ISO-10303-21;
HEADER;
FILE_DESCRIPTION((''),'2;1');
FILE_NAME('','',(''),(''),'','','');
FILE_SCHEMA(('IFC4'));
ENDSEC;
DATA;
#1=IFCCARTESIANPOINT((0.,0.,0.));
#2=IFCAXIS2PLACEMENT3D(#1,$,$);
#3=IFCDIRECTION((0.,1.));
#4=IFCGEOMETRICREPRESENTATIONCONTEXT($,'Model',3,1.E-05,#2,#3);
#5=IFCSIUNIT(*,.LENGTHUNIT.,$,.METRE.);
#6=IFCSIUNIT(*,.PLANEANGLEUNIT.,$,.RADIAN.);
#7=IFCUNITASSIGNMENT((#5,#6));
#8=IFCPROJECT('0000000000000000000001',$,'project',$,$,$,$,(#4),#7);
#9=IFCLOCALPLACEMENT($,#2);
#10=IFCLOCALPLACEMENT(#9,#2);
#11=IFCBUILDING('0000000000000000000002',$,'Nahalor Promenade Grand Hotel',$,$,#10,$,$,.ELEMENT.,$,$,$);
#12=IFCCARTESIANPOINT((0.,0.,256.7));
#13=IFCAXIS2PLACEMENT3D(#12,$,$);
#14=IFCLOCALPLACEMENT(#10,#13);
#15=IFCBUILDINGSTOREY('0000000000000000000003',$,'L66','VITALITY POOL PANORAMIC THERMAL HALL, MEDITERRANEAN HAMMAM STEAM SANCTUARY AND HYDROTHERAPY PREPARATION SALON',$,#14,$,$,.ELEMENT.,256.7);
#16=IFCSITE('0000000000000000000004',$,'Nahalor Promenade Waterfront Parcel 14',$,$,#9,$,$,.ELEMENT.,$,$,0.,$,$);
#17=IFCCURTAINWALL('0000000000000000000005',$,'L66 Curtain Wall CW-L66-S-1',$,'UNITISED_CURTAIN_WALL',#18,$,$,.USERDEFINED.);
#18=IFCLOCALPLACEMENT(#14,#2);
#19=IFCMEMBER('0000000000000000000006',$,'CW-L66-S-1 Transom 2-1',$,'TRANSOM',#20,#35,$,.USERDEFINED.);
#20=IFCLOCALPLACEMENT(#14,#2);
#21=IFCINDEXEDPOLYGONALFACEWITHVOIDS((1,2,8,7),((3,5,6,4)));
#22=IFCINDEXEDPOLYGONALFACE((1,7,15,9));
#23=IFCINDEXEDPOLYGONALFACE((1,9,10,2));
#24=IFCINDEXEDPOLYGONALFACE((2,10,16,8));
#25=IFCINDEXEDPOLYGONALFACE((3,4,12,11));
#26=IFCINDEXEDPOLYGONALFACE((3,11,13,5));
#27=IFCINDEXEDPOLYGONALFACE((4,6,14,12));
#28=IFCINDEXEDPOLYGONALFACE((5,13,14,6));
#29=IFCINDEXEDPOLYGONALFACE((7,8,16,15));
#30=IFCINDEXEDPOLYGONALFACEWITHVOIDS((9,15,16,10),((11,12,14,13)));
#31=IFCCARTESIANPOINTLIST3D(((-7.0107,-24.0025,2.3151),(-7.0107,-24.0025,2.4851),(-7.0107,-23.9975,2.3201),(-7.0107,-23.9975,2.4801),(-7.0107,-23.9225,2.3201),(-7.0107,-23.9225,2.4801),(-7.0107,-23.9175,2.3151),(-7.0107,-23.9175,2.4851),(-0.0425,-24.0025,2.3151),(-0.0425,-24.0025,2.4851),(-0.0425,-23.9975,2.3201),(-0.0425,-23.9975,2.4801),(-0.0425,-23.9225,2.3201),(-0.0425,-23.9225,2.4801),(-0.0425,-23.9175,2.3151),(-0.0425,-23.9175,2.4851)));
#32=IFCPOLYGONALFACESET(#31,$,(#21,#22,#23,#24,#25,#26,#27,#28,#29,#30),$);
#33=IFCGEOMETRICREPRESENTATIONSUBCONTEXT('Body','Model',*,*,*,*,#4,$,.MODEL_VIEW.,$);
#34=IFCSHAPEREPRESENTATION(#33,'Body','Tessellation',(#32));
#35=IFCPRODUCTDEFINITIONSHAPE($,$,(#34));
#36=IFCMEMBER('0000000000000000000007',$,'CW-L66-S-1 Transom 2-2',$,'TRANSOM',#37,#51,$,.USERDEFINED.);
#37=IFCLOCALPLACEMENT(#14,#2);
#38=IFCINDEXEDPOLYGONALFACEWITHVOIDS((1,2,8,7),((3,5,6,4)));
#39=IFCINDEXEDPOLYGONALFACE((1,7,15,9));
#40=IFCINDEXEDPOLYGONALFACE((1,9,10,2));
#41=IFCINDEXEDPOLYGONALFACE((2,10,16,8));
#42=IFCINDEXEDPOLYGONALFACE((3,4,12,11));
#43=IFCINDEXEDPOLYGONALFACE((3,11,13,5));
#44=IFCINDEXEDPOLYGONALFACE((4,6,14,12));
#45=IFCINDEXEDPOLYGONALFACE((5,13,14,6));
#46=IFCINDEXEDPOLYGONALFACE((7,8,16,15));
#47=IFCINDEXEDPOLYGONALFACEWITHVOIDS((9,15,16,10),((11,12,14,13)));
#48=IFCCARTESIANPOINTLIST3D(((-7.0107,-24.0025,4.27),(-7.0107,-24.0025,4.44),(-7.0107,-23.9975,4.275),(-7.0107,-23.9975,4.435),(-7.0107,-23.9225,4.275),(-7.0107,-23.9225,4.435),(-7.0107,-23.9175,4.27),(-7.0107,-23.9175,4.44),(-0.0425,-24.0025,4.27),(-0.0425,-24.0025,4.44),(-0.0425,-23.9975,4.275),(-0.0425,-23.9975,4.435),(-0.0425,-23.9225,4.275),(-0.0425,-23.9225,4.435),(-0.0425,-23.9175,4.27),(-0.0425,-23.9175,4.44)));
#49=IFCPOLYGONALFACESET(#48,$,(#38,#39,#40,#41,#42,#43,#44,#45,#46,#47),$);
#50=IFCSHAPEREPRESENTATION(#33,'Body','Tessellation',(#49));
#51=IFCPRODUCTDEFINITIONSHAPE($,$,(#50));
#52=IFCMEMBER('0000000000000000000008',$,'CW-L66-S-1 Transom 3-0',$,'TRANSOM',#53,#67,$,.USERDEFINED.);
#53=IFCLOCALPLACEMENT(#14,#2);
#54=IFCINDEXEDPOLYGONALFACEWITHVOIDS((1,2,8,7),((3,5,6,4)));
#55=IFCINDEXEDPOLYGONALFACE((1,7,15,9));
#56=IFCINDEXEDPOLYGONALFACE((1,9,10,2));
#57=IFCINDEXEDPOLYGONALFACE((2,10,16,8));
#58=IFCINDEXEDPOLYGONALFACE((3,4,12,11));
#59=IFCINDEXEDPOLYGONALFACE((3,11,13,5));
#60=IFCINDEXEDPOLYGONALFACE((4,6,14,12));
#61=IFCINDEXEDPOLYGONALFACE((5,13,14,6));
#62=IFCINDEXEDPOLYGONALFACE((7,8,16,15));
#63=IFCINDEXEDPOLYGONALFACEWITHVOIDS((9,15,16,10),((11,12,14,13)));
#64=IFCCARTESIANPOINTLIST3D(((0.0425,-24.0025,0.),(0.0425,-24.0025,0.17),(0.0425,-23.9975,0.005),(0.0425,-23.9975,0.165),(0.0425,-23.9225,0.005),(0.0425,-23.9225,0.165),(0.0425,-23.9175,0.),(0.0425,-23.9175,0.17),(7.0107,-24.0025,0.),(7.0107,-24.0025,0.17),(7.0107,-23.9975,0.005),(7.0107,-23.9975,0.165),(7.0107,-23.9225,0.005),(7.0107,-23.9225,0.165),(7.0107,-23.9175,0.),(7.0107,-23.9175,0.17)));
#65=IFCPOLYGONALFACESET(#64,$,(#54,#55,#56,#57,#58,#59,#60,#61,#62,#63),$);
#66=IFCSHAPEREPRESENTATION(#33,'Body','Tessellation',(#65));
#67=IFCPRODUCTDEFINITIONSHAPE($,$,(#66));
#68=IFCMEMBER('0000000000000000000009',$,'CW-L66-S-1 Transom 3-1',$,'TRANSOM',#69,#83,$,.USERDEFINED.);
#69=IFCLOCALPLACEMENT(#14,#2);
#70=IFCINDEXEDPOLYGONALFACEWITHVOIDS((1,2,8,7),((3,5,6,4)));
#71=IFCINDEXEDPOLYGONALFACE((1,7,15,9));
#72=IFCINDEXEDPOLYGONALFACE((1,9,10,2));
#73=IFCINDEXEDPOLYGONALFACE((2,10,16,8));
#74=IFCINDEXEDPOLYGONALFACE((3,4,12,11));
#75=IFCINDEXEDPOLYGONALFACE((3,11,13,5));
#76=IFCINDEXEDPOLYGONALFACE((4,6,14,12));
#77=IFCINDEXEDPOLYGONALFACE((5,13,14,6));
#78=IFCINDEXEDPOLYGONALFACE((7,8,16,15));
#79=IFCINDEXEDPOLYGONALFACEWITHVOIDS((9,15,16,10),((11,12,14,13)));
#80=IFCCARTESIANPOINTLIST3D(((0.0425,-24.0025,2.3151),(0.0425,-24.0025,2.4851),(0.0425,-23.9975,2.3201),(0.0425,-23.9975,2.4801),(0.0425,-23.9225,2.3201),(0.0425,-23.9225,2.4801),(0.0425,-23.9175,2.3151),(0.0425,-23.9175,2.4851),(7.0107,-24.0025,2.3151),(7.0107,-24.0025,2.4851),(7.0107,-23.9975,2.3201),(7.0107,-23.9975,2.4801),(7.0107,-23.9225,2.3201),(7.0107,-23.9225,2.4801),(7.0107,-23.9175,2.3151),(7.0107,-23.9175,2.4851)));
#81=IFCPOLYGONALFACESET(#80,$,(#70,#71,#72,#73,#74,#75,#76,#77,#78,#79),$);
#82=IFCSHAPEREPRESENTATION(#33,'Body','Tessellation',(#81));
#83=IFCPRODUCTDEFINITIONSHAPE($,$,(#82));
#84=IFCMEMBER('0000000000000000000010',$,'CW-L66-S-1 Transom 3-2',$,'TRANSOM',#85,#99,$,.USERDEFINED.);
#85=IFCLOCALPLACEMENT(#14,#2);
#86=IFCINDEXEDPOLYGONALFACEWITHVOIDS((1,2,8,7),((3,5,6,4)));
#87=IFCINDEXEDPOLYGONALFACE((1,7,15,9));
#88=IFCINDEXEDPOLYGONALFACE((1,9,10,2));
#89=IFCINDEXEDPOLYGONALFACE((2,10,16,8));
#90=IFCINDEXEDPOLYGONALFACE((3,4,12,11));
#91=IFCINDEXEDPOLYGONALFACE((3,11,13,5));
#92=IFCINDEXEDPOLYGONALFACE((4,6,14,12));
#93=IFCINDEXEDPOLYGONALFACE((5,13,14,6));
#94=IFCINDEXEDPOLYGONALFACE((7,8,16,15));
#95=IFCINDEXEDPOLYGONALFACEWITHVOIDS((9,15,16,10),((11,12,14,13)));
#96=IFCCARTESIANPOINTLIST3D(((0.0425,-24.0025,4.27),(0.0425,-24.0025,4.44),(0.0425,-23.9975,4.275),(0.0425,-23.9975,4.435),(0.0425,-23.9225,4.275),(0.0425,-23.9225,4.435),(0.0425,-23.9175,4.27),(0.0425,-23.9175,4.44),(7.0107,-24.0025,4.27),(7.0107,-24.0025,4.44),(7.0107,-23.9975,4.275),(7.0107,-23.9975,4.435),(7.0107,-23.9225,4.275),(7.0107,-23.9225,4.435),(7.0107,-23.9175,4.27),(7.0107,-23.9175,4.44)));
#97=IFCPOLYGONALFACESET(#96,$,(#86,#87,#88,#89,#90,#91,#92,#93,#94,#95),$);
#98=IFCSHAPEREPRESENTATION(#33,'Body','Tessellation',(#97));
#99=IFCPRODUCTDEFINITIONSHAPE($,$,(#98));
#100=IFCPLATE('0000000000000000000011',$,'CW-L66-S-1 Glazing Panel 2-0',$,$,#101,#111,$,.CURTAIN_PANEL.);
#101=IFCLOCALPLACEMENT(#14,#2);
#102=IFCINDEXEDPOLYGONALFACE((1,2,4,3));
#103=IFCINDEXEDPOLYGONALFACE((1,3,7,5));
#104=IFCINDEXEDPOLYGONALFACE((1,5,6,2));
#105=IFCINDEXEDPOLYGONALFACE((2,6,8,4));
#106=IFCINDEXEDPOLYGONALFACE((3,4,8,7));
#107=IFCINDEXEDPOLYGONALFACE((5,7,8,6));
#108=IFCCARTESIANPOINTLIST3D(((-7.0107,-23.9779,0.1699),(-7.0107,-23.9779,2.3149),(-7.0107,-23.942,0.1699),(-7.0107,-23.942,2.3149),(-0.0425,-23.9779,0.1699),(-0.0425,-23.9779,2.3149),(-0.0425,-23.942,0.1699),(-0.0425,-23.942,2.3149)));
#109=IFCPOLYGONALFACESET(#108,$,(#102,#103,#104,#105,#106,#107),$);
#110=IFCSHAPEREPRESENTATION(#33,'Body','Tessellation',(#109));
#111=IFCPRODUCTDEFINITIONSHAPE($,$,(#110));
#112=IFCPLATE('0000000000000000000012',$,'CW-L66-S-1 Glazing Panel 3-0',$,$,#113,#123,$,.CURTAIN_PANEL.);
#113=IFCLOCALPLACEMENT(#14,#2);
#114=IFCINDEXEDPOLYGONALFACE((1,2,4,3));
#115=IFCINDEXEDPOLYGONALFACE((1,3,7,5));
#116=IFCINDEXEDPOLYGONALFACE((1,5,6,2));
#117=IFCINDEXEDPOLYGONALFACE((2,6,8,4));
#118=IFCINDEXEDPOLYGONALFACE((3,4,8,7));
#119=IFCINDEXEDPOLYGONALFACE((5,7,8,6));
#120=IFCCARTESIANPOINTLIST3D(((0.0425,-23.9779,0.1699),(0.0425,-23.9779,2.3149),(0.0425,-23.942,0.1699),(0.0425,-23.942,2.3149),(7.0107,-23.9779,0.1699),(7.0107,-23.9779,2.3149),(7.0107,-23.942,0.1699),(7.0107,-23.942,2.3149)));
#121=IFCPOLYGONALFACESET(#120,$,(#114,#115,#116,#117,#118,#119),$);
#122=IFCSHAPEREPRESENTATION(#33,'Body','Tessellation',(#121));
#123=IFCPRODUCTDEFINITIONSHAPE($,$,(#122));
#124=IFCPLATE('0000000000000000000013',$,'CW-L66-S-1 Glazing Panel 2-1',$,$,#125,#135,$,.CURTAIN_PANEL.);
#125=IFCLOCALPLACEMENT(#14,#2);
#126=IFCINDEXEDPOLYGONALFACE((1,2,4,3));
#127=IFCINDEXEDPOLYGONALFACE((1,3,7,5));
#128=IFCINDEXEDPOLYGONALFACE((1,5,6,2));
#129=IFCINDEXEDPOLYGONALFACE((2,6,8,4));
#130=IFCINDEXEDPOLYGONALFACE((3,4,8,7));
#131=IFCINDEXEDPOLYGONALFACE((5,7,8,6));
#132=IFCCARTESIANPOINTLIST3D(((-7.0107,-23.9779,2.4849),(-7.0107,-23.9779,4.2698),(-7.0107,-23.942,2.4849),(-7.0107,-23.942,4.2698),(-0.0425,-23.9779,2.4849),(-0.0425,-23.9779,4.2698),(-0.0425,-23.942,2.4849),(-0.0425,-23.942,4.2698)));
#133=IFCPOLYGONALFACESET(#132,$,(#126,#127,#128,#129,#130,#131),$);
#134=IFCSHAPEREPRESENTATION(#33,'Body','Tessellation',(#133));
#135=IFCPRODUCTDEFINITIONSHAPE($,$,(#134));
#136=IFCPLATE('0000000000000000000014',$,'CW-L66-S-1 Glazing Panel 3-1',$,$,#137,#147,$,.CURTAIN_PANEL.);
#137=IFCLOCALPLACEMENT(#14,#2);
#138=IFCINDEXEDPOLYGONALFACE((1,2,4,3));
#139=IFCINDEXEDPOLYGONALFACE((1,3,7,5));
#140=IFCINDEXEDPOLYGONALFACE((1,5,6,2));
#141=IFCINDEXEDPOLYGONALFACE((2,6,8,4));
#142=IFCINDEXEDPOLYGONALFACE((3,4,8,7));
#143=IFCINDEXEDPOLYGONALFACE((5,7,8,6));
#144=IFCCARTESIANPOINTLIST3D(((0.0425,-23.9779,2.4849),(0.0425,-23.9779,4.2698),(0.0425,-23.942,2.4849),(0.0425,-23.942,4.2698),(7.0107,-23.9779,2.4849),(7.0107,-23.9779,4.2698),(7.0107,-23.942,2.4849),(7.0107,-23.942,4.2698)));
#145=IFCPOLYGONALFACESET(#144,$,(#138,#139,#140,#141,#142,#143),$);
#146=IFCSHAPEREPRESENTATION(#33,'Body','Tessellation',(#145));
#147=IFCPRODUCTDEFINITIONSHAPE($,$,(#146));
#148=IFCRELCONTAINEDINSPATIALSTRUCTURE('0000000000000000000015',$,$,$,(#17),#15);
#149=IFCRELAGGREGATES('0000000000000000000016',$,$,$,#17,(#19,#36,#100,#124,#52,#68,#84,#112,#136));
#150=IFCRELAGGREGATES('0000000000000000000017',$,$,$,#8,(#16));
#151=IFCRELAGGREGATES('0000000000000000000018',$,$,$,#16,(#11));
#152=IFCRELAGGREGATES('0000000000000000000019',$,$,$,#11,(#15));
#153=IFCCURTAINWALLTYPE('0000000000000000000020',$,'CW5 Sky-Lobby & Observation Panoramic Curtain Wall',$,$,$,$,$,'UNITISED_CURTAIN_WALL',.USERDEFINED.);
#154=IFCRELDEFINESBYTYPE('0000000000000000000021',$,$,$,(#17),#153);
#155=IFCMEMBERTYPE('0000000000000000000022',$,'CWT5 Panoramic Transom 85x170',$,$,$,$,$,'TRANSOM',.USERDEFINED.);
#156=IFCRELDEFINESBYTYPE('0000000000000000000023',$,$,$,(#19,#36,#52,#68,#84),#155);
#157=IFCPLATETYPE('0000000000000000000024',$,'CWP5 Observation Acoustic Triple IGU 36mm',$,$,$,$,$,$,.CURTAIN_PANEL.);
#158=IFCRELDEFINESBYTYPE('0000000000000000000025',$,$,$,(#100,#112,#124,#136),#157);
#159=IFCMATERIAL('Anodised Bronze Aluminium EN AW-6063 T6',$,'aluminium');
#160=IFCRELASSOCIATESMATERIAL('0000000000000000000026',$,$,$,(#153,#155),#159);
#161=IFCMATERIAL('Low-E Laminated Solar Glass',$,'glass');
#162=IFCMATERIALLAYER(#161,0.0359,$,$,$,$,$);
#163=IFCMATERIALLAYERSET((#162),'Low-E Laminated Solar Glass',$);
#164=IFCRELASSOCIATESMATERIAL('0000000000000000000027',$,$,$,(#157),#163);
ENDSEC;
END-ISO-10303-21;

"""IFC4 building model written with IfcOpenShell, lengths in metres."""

from ifc_helpers import new_model, si_unit, direction, frame, origin, origin_2d, place, context, subcontext, project, spatial, rectangle, hollow_rectangle, extrude, source, transform, mapped, material, layer, layer_set, material_profile, profile_set, type_object, element, aggregate, save


model = new_model("IFC4")

# Units and contexts
model_context = context("Model", 3, precision=1e-05, world=origin(), true_north=direction((0.0, 1.0)))
body_context = subcontext(model_context, "Body", "Model", "MODEL_VIEW")
ifc_project = project(units=[si_unit("LENGTHUNIT", "METRE"), si_unit("PLANEANGLEUNIT", "RADIAN")], contexts=[model_context])

# Site, building, storey
site_placement = place(None, origin())
site = spatial("IfcSite", under=ifc_project, at=site_placement, Name="Nahalor Promenade Waterfront Parcel 14", CompositionType="ELEMENT", RefElevation=0.0)
building_placement = place(site_placement, origin())
building = spatial("IfcBuilding", under=site, at=building_placement, Name="Nahalor Promenade Grand Hotel", CompositionType="ELEMENT")
storey_placement = place(building_placement, frame((0.0, 0.0, 256.7)))
storey = spatial("IfcBuildingStorey", under=building, at=storey_placement, Name="L66", Description="VITALITY POOL PANORAMIC THERMAL HALL, MEDITERRANEAN HAMMAM STEAM SANCTUARY AND HYDROTHERAPY PREPARATION SALON", CompositionType="ELEMENT", Elevation=256.7)

# Curtain wall, members, plates
ifc_material_1 = material(Name="Anodised Bronze Aluminium EN AW-6063 T6", Category="aluminium")
curtain_wall_type = type_object("IfcCurtainWallType", Name="CW5 Sky-Lobby & Observation Panoramic Curtain Wall", ElementType="UNITISED_CURTAIN_WALL", PredefinedType="USERDEFINED", material=ifc_material_1)
curtain_wall_placement = place(storey_placement, origin())
curtain_wall = element("IfcCurtainWall", 1, at=curtain_wall_placement, inside=storey, type_object=curtain_wall_type, Name="L66 Curtain Wall CW-L66-S-1", ObjectType="UNITISED_CURTAIN_WALL", PredefinedType="USERDEFINED")
ifc_material_profile_1 = material_profile(ifc_material_1, hollow_rectangle(XDim=0.085, YDim=0.17, WallThickness=0.005, at=origin_2d()), Name="CWT 85x170x5")
ifc_profile_set_1 = profile_set([ifc_material_profile_1], Name="Anodised Bronze Aluminium EN AW-6063 T6")
member_type_1 = type_object("IfcMemberType", Name="CWT5 Panoramic Transom 85x170", ElementType="TRANSOM", PredefinedType="USERDEFINED", material=ifc_profile_set_1)
shared_shape_1 = source(origin(), body_context, "Body", "SweptSolid", [
    extrude(hollow_rectangle(XDim=0.085, YDim=0.17, WallThickness=0.005, at=origin_2d()), origin(), (0.0, 0.0, 1.0), 6.9683),
])
member_1_placement = place(storey_placement, frame((-7.0107, -23.96, 2.4001), z_axis=(1.0, 0.0, 0.0), x_axis=(0.0, 1.0, 0.0)))
member_1 = element("IfcMember", 2, at=member_1_placement, type_object=member_type_1, Name="CW-L66-S-1 Transom 2-1", ObjectType="TRANSOM", PredefinedType="USERDEFINED", context=body_context, shape_type="MappedRepresentation", body=[
    mapped(shared_shape_1, transform((0.0, 0.0, 0.0), scale=1.0)),
])
member_2_placement = place(storey_placement, frame((-7.0107, -23.96, 4.355), z_axis=(1.0, 0.0, 0.0), x_axis=(0.0, 1.0, 0.0)))
member_2 = element("IfcMember", 3, at=member_2_placement, type_object=member_type_1, Name="CW-L66-S-1 Transom 2-2", ObjectType="TRANSOM", PredefinedType="USERDEFINED", context=body_context, shape_type="MappedRepresentation", body=[
    mapped(shared_shape_1, transform((0.0, 0.0, 0.0), scale=1.0)),
])
member_3_placement = place(storey_placement, frame((0.0425, -23.96, 0.085), z_axis=(1.0, 0.0, 0.0), x_axis=(0.0, 1.0, 0.0)))
member_3 = element("IfcMember", 4, at=member_3_placement, type_object=member_type_1, Name="CW-L66-S-1 Transom 3-0", ObjectType="TRANSOM", PredefinedType="USERDEFINED", context=body_context, shape_type="MappedRepresentation", body=[
    mapped(shared_shape_1, transform((0.0, 0.0, 0.0), scale=1.0)),
])
member_4_placement = place(storey_placement, frame((0.0425, -23.96, 2.4001), z_axis=(1.0, 0.0, 0.0), x_axis=(0.0, 1.0, 0.0)))
member_4 = element("IfcMember", 5, at=member_4_placement, type_object=member_type_1, Name="CW-L66-S-1 Transom 3-1", ObjectType="TRANSOM", PredefinedType="USERDEFINED", context=body_context, shape_type="MappedRepresentation", body=[
    mapped(shared_shape_1, transform((0.0, 0.0, 0.0), scale=1.0)),
])
member_5_placement = place(storey_placement, frame((0.0425, -23.96, 4.355), z_axis=(1.0, 0.0, 0.0), x_axis=(0.0, 1.0, 0.0)))
member_5 = element("IfcMember", 6, at=member_5_placement, type_object=member_type_1, Name="CW-L66-S-1 Transom 3-2", ObjectType="TRANSOM", PredefinedType="USERDEFINED", context=body_context, shape_type="MappedRepresentation", body=[
    mapped(shared_shape_1, transform((0.0, 0.0, 0.0), scale=1.0)),
])
ifc_material_2 = material(Name="Low-E Laminated Solar Glass", Category="glass")
ifc_layer = layer(ifc_material_2, 0.0359)
ifc_layer_set = layer_set([ifc_layer], Name="Low-E Laminated Solar Glass")
plate_type = type_object("IfcPlateType", Name="CWP5 Observation Acoustic Triple IGU 36mm", PredefinedType="CURTAIN_PANEL", material=ifc_layer_set)
shared_shape_2 = source(origin(), body_context, "Body", "SweptSolid", [
    extrude(rectangle(XDim=6.9683, YDim=0.0359, at=origin_2d()), origin(), (0.0, 0.0, 1.0), 2.145),
])
plate_1_placement = place(storey_placement, frame((-3.5266, -23.96, 0.1699), z_axis=(0.0, 0.0, 1.0), x_axis=(1.0, 0.0, 0.0)))
plate_1 = element("IfcPlate", 7, at=plate_1_placement, type_object=plate_type, Name="CW-L66-S-1 Glazing Panel 2-0", PredefinedType="CURTAIN_PANEL", context=body_context, shape_type="MappedRepresentation", body=[
    mapped(shared_shape_2, transform((0.0, 0.0, 0.0), scale=1.0)),
])
plate_2_placement = place(storey_placement, frame((3.5266, -23.96, 0.1699), z_axis=(0.0, 0.0, 1.0), x_axis=(1.0, 0.0, 0.0)))
plate_2 = element("IfcPlate", 8, at=plate_2_placement, type_object=plate_type, Name="CW-L66-S-1 Glazing Panel 3-0", PredefinedType="CURTAIN_PANEL", context=body_context, shape_type="MappedRepresentation", body=[
    mapped(shared_shape_2, transform((0.0, 0.0, 0.0), scale=1.0)),
])
shared_shape_3 = source(origin(), body_context, "Body", "SweptSolid", [
    extrude(rectangle(XDim=6.9683, YDim=0.0359, at=origin_2d()), origin(), (0.0, 0.0, 1.0), 1.7849),
])
plate_3_placement = place(storey_placement, frame((-3.5266, -23.96, 2.4849), z_axis=(0.0, 0.0, 1.0), x_axis=(1.0, 0.0, 0.0)))
plate_3 = element("IfcPlate", 9, at=plate_3_placement, type_object=plate_type, Name="CW-L66-S-1 Glazing Panel 2-1", PredefinedType="CURTAIN_PANEL", context=body_context, shape_type="MappedRepresentation", body=[
    mapped(shared_shape_3, transform((0.0, 0.0, 0.0), scale=1.0)),
])
plate_4_placement = place(storey_placement, frame((3.5266, -23.96, 2.4849), z_axis=(0.0, 0.0, 1.0), x_axis=(1.0, 0.0, 0.0)))
plate_4 = element("IfcPlate", 10, at=plate_4_placement, type_object=plate_type, Name="CW-L66-S-1 Glazing Panel 3-1", PredefinedType="CURTAIN_PANEL", context=body_context, shape_type="MappedRepresentation", body=[
    mapped(shared_shape_3, transform((0.0, 0.0, 0.0), scale=1.0)),
])
aggregate(curtain_wall, [member_1, member_2, plate_1, plate_3, member_3, member_4, member_5, plate_2, plate_4])

save(model, "model.ifc")
